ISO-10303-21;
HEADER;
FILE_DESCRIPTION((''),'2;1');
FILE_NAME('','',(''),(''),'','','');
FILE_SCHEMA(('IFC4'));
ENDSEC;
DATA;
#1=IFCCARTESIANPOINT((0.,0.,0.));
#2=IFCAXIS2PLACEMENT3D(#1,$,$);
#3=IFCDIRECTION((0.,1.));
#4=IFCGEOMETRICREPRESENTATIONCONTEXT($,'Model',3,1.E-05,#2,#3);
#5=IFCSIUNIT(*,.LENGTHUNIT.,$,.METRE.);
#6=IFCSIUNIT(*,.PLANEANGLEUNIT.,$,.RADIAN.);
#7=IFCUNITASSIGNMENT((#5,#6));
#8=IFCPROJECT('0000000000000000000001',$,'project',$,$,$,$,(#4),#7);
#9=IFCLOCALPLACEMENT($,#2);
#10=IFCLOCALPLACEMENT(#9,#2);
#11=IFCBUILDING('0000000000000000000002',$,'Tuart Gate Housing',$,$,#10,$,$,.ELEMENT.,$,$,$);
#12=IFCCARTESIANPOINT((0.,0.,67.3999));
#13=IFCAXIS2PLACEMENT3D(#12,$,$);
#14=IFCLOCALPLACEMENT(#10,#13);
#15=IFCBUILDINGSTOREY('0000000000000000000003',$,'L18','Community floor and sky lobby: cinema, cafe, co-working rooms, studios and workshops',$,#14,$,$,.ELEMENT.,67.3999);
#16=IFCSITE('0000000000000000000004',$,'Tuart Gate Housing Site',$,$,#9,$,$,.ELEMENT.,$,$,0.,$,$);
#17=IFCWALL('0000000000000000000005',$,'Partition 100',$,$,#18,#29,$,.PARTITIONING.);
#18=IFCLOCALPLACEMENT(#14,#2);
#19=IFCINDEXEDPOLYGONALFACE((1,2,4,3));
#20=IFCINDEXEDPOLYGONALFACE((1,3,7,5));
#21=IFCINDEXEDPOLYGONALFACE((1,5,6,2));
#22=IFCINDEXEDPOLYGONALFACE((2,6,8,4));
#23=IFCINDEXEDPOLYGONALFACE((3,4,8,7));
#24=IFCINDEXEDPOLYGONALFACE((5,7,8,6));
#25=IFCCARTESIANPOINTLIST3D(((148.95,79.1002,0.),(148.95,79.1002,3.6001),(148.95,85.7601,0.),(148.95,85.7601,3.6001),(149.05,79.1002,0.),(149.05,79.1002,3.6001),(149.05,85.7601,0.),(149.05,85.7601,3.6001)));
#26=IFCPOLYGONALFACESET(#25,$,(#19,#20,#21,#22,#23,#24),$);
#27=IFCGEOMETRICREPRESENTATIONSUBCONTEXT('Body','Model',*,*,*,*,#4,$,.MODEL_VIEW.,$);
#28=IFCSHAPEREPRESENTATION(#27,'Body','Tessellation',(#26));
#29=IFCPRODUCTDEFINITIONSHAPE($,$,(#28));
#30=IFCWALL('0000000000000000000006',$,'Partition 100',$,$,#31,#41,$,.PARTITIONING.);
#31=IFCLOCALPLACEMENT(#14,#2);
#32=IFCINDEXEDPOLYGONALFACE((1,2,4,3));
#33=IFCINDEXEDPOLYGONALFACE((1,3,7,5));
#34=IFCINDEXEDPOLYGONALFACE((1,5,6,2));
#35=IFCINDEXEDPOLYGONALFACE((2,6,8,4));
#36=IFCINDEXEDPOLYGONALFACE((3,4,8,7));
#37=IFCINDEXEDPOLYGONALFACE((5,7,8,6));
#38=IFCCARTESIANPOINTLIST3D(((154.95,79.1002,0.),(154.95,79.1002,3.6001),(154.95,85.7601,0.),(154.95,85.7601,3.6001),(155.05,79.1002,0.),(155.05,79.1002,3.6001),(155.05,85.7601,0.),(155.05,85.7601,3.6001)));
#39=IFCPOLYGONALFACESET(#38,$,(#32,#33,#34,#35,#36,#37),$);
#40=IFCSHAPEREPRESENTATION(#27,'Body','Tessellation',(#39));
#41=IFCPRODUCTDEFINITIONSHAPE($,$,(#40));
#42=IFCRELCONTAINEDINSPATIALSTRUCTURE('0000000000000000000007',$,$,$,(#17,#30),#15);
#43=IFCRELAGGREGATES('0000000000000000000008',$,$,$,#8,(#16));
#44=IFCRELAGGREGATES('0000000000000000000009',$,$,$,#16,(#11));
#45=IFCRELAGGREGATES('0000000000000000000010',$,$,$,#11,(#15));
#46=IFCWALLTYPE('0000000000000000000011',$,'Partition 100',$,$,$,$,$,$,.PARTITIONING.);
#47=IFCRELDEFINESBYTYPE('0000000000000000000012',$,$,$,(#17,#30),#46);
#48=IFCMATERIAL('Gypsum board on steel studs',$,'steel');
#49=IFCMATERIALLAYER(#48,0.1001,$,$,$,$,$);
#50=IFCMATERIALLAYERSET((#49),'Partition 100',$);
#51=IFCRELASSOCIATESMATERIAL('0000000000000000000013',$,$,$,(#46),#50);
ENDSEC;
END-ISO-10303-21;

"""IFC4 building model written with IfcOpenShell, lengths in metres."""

from ifc_helpers import new_model, si_unit, direction, frame, frame_2d, origin, place, context, subcontext, project, spatial, rectangle, extrude, material, layer, layer_set, type_object, element, save


model = new_model("IFC4")

# Units and contexts
model_context = context("Model", 3, precision=1e-05, world=origin(), true_north=direction((0.0, 1.0)))
body_context = subcontext(model_context, "Body", "Model", "MODEL_VIEW")
ifc_project = project(units=[si_unit("LENGTHUNIT", "METRE"), si_unit("PLANEANGLEUNIT", "RADIAN")], contexts=[model_context])

# Site, building, storey
site_placement = place(None, origin())
site = spatial("IfcSite", under=ifc_project, at=site_placement, Name="Tuart Gate Housing Site", CompositionType="ELEMENT", RefElevation=0.0)
building_placement = place(site_placement, origin())
building = spatial("IfcBuilding", under=site, at=building_placement, Name="Tuart Gate Housing", CompositionType="ELEMENT")
storey_placement = place(building_placement, frame((0.0, 0.0, 67.3999)))
storey = spatial("IfcBuildingStorey", under=building, at=storey_placement, Name="L18", Description="Community floor and sky lobby: cinema, cafe, co-working rooms, studios and workshops", CompositionType="ELEMENT", Elevation=67.3999)

# Walls
ifc_material_1 = material(Name="Gypsum board on steel studs", Category="steel")
ifc_layer_1 = layer(ifc_material_1, 0.1001)
ifc_layer_set_1 = layer_set([ifc_layer_1], Name="Partition 100")
wall_type_1 = type_object("IfcWallType", Name="Partition 100", PredefinedType="PARTITIONING", material=ifc_layer_set_1)
for number, where, z_axis, x_axis, name in (
    (1, (149.0, 79.1001, 0.0), (0.0, 0.0, 1.0), (0.0, 1.0, 0.0), "Partition 100"),
    (2, (155.0, 79.1001, 0.0), (0.0, 0.0, 1.0), (0.0, 1.0, 0.0), "Partition 100"),
):
    element("IfcWall", number, at=place(storey_placement, frame(where, z_axis=z_axis, x_axis=x_axis)), inside=storey, type_object=wall_type_1, Name=name, PredefinedType="PARTITIONING", context=body_context, shape_type="SweptSolid", body=[
        extrude(rectangle(XDim=6.6599, YDim=0.1001, at=frame_2d((3.3301, 0.0))), origin(), (0.0, 0.0, 1.0), 3.6001),
    ])

save(model, "model.ifc")
